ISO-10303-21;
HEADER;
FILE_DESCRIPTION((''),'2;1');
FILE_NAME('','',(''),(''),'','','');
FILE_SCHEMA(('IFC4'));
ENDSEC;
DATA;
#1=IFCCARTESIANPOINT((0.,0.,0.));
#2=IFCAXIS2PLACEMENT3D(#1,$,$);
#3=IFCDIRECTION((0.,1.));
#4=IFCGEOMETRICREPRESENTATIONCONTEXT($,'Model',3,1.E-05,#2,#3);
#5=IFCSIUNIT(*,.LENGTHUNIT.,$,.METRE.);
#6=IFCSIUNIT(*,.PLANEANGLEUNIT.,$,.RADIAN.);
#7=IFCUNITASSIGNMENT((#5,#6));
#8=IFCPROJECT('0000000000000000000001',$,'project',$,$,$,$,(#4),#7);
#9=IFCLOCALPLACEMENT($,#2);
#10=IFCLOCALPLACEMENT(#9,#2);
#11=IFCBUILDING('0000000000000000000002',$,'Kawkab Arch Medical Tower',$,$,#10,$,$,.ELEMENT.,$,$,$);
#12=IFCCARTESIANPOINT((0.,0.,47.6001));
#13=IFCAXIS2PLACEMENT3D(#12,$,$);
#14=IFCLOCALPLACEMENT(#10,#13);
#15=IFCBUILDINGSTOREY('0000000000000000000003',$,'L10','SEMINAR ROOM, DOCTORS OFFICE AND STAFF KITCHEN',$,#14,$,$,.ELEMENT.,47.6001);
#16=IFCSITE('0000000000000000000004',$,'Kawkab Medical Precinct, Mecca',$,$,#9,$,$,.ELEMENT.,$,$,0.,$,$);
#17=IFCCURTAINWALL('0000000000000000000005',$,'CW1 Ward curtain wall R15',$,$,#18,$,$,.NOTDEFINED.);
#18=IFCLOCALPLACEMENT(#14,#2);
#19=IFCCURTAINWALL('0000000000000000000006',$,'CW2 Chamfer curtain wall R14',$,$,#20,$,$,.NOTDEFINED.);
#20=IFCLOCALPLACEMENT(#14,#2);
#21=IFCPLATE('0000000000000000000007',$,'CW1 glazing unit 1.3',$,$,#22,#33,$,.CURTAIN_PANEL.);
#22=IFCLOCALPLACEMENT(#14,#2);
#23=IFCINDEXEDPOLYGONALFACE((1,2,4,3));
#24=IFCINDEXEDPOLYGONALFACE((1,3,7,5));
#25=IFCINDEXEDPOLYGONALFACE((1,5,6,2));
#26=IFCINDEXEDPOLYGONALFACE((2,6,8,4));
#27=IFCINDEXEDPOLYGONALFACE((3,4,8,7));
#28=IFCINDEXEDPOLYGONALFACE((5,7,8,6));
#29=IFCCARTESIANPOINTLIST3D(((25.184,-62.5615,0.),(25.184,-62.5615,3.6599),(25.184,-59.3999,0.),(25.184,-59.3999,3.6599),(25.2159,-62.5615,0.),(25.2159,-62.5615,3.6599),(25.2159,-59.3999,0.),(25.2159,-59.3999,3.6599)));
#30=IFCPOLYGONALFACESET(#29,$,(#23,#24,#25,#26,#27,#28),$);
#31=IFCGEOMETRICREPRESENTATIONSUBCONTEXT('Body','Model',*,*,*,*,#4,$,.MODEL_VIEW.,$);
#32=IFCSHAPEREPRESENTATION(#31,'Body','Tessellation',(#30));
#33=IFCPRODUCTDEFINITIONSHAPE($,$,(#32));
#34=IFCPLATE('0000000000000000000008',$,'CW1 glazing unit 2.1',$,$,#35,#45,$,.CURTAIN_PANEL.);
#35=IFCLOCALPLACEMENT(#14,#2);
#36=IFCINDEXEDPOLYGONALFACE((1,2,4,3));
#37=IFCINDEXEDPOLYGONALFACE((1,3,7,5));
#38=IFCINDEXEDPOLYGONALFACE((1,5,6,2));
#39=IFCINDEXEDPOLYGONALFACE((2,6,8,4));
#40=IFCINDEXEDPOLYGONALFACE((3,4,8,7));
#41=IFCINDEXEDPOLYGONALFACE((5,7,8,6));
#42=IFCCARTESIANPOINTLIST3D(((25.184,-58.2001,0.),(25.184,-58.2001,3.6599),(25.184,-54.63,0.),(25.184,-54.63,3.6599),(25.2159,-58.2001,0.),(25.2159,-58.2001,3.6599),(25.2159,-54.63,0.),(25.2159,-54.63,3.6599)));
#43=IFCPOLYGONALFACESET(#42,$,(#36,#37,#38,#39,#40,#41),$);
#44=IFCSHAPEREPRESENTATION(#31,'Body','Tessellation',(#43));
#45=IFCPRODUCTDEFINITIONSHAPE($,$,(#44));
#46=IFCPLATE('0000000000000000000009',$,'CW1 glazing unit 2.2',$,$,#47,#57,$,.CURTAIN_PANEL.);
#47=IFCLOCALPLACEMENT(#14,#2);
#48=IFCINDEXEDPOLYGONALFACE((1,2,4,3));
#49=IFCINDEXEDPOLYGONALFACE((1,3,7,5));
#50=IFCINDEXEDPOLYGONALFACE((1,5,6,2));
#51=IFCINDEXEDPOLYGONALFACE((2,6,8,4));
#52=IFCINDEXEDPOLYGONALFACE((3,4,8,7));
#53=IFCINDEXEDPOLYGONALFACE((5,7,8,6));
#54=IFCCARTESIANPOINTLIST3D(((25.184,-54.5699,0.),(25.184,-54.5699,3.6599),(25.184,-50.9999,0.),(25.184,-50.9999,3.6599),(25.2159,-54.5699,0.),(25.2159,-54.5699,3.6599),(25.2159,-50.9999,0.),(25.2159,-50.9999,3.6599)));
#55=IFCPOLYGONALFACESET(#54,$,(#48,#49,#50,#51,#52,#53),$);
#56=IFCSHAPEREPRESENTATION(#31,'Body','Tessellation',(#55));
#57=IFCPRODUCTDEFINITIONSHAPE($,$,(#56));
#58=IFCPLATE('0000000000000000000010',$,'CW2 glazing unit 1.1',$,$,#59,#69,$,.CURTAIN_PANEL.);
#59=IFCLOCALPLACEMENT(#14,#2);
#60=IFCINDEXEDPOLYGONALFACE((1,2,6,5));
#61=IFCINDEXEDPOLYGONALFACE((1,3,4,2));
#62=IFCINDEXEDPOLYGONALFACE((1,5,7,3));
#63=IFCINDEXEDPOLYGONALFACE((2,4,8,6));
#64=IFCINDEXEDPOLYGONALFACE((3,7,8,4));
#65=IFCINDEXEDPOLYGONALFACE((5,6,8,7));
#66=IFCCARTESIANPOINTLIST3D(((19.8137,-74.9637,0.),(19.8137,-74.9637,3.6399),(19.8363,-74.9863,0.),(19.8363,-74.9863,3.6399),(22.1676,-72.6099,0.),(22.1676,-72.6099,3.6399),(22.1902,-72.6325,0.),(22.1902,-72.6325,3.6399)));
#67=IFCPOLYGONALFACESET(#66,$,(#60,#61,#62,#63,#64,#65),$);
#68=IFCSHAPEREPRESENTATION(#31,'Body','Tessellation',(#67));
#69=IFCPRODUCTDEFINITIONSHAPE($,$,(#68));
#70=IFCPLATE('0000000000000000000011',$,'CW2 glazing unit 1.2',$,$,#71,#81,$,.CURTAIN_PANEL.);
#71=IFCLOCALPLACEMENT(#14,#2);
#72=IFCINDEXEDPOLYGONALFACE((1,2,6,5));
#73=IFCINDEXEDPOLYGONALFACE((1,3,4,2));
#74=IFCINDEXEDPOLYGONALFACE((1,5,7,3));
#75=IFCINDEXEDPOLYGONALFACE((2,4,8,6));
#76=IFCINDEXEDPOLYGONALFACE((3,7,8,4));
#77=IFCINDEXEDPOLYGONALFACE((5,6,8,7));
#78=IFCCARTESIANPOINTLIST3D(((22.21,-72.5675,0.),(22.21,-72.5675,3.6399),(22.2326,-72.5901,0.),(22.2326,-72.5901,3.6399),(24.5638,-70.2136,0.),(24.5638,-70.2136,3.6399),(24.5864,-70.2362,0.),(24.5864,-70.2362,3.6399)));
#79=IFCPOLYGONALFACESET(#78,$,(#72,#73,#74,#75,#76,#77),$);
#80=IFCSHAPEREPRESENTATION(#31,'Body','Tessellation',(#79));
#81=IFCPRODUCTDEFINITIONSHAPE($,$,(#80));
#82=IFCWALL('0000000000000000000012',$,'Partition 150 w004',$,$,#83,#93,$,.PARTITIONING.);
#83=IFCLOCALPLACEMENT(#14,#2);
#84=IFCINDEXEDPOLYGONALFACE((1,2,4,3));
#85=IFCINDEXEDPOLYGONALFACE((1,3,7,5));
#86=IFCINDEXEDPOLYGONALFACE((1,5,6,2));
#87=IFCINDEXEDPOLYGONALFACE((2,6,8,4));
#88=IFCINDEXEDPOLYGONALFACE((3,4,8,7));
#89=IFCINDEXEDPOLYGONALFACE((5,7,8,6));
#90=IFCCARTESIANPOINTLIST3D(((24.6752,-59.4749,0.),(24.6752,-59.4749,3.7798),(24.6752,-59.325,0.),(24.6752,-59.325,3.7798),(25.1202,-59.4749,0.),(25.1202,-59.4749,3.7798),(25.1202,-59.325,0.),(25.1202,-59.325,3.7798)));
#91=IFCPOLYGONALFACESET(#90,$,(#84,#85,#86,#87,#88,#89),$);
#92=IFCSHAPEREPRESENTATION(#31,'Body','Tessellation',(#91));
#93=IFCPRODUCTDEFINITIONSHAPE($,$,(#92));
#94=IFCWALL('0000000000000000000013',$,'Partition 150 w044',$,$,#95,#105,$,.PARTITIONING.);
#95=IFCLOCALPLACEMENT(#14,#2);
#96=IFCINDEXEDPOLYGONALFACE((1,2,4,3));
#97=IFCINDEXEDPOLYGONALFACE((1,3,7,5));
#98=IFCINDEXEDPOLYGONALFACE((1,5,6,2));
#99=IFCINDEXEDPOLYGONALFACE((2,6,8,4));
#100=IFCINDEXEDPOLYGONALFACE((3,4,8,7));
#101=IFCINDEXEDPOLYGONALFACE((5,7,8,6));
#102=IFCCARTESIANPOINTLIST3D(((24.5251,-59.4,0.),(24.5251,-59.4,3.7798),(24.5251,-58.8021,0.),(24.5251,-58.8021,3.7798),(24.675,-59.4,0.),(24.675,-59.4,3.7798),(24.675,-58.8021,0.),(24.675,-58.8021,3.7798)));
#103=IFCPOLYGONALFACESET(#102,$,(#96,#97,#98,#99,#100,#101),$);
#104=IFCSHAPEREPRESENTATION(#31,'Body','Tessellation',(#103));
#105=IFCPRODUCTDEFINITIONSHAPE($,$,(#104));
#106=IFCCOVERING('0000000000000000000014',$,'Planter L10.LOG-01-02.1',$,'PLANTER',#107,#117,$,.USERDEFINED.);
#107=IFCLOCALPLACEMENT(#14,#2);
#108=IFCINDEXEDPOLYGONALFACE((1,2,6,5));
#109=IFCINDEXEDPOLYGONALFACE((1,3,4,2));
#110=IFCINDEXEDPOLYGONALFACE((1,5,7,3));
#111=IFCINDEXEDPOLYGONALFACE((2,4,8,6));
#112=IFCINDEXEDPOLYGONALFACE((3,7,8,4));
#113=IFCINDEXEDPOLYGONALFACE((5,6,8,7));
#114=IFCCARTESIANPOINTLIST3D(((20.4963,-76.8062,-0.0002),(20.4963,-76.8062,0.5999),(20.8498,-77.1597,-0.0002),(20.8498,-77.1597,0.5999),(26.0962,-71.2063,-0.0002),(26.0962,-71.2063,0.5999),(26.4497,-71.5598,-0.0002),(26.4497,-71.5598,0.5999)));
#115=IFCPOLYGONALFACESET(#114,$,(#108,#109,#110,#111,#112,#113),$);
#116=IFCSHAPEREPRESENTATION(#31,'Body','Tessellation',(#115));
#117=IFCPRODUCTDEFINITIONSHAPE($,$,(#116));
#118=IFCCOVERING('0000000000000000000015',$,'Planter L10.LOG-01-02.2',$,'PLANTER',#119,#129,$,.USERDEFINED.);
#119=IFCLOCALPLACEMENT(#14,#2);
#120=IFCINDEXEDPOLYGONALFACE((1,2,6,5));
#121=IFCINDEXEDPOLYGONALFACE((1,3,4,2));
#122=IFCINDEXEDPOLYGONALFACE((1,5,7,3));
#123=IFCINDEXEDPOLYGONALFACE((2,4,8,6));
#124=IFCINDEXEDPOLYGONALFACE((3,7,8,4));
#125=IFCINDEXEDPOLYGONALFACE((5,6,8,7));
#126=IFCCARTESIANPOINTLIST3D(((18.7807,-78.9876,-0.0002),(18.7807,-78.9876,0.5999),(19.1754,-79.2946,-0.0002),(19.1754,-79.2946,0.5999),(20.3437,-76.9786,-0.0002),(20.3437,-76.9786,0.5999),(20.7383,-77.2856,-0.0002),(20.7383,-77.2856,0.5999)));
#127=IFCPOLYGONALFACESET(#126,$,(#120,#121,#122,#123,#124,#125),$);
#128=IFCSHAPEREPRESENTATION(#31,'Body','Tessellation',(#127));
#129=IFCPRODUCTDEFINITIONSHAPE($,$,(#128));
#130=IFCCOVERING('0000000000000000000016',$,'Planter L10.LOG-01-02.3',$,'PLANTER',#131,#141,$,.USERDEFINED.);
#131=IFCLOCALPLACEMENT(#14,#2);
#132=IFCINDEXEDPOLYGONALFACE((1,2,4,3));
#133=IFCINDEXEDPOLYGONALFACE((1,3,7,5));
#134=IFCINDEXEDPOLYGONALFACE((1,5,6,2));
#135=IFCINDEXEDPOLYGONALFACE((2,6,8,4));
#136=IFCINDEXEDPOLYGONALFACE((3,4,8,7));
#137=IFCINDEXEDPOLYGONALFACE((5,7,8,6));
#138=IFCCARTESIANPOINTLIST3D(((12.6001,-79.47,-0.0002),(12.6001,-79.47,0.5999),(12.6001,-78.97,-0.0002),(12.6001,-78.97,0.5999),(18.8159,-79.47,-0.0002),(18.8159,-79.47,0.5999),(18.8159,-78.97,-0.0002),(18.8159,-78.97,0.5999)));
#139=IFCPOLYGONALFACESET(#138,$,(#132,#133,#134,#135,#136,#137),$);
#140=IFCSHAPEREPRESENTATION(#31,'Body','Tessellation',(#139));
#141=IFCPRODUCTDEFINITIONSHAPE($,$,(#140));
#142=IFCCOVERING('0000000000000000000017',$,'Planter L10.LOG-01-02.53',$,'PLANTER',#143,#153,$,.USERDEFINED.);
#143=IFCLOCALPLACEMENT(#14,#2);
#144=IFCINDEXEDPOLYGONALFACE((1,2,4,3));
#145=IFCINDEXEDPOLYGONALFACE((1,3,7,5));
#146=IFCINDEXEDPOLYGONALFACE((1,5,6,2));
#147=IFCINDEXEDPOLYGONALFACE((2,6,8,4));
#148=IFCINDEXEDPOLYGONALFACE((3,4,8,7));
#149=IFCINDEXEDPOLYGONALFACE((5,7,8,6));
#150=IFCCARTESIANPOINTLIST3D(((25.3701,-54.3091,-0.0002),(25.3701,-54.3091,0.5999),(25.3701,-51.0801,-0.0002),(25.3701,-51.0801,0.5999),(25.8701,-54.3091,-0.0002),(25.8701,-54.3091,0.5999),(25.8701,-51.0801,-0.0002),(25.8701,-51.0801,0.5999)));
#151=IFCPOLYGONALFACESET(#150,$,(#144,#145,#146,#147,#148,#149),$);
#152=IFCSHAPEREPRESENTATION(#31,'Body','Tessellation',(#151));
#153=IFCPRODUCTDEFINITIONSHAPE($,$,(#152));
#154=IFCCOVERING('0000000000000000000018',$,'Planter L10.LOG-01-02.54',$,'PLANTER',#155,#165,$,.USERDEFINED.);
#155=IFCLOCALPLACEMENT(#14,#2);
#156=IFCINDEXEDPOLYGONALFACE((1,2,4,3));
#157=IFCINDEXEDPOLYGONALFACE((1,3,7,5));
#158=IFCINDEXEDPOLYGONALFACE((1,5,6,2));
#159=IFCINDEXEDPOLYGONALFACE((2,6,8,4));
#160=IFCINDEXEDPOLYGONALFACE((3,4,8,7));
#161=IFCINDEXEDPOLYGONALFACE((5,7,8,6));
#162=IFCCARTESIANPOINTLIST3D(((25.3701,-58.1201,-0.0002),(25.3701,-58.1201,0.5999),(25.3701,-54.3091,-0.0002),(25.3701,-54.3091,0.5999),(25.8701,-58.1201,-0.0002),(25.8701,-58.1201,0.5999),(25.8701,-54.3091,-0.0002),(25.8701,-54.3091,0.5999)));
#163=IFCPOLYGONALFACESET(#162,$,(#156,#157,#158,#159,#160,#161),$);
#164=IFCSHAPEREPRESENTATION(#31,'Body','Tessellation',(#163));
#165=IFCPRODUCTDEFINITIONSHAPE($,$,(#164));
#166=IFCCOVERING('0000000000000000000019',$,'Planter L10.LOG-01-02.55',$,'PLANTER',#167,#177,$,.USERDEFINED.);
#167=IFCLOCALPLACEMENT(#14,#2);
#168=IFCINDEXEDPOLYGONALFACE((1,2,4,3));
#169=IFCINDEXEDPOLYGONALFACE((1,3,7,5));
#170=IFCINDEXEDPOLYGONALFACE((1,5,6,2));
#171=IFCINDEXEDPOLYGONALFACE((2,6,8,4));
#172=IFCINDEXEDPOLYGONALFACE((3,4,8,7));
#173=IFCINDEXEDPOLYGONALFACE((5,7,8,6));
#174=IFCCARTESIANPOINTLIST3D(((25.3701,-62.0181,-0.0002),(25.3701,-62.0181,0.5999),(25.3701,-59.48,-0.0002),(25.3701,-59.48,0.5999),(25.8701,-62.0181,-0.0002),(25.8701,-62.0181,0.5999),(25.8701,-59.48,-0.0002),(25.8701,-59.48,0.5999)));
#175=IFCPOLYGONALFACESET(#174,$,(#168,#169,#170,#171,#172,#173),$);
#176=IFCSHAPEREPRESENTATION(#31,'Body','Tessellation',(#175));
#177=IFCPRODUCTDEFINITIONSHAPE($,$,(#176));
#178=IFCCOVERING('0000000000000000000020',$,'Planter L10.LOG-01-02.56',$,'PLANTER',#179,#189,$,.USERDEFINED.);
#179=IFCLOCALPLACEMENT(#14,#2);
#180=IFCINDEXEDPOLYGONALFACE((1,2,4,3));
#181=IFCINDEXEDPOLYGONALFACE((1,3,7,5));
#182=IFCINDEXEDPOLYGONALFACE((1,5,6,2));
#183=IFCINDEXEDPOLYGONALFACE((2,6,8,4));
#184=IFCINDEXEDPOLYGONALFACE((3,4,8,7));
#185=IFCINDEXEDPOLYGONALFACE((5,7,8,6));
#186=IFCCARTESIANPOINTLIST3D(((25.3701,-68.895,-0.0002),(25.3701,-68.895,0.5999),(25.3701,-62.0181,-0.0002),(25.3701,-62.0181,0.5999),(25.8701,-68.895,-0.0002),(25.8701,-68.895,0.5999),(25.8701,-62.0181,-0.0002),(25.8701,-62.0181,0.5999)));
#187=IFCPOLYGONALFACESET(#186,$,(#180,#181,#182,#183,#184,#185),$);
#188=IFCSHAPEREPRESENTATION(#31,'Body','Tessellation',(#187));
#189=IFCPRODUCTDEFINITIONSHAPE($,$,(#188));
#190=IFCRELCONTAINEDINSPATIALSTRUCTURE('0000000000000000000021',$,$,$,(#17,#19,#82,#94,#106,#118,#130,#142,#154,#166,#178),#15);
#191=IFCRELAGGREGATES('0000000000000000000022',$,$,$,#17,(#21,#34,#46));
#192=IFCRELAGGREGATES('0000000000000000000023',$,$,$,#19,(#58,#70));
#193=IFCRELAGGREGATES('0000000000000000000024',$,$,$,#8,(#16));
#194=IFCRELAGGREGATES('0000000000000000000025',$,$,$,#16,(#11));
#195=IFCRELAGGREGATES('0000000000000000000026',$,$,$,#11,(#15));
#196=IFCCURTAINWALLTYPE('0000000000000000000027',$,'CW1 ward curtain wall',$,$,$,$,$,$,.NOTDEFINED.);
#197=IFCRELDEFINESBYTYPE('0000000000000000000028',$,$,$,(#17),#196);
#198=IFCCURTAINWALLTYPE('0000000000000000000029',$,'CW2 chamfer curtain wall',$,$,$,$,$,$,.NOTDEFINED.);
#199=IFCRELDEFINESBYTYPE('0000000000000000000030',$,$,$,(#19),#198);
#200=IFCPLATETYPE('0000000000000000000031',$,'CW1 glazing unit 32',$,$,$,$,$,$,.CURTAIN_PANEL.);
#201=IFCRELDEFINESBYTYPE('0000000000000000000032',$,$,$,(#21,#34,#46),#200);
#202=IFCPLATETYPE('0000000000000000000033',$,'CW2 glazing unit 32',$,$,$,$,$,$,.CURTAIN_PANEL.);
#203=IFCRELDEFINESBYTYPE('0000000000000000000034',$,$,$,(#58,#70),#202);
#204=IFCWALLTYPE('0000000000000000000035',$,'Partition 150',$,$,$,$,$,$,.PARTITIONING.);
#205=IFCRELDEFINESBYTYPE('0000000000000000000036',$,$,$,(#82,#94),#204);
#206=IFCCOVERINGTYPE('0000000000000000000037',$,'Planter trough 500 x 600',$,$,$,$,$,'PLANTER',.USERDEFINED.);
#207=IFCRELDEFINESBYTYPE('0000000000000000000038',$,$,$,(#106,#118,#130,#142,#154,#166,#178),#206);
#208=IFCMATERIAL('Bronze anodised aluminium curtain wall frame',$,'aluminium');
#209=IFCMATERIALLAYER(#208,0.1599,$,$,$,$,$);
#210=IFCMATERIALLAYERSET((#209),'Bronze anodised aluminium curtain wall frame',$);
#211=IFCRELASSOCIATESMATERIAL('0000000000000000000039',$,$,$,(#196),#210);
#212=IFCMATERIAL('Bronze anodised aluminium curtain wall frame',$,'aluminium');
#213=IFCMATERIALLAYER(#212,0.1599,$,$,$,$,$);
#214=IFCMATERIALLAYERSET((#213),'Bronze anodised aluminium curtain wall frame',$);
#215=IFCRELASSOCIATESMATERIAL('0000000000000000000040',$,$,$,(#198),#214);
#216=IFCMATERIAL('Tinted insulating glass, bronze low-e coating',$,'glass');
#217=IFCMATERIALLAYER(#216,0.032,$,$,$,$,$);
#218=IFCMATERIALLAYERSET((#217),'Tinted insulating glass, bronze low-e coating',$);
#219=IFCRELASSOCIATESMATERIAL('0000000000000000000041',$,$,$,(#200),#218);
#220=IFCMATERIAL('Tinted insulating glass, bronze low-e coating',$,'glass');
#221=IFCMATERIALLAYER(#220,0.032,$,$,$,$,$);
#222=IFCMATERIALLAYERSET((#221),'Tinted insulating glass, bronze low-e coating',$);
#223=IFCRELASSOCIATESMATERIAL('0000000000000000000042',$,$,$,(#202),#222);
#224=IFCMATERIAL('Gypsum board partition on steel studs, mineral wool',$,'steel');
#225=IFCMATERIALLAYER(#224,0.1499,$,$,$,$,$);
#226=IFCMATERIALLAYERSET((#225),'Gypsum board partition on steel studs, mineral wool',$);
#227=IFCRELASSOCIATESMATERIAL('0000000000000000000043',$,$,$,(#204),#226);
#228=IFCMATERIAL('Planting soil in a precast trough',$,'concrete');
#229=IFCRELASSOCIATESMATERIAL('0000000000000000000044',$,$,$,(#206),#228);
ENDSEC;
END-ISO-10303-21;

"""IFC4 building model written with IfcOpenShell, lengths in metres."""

from ifc_helpers import new_model, si_unit, direction, frame, frame_2d, origin, origin_2d, place, context, subcontext, project, spatial, rectangle, extrude, material, layer, layer_set, material_profile, profile_set, type_object, element, aggregate, save


model = new_model("IFC4")

# Units and contexts
model_context = context("Model", 3, precision=1e-05, world=origin(), true_north=direction((0.0, 1.0)))
body_context = subcontext(model_context, "Body", "Model", "MODEL_VIEW")
ifc_project = project(units=[si_unit("LENGTHUNIT", "METRE"), si_unit("PLANEANGLEUNIT", "RADIAN")], contexts=[model_context])

# Site, building, storey
site_placement = place(None, origin())
site = spatial("IfcSite", under=ifc_project, at=site_placement, Name="Kawkab Medical Precinct, Mecca", CompositionType="ELEMENT", RefElevation=0.0)
building_placement = place(site_placement, origin())
building = spatial("IfcBuilding", under=site, at=building_placement, Name="Kawkab Arch Medical Tower", CompositionType="ELEMENT")
storey_placement = place(building_placement, frame((0.0, 0.0, 47.6001)))
storey = spatial("IfcBuildingStorey", under=building, at=storey_placement, Name="L10", Description="SEMINAR ROOM, DOCTORS OFFICE AND STAFF KITCHEN", CompositionType="ELEMENT", Elevation=47.6001)

# Curtain walls
ifc_material_1 = material(Name="Bronze anodised aluminium curtain wall frame", Category="aluminium")
ifc_layer_1 = layer(ifc_material_1, 0.1599)
ifc_layer_set_1 = layer_set([ifc_layer_1], Name="Bronze anodised aluminium curtain wall frame")
curtain_wall_type_1 = type_object("IfcCurtainWallType", Name="CW1 ward curtain wall", PredefinedType="NOTDEFINED", material=ifc_layer_set_1)
placement = place(storey_placement, origin())
curtain_wall_1 = element("IfcCurtainWall", 1, at=placement, inside=storey, type_object=curtain_wall_type_1, Name="CW1 Ward curtain wall R15", PredefinedType="NOTDEFINED")
ifc_material_2 = material(Name="Bronze anodised aluminium curtain wall frame", Category="aluminium")
ifc_layer_2 = layer(ifc_material_2, 0.1599)
ifc_layer_set_2 = layer_set([ifc_layer_2], Name="Bronze anodised aluminium curtain wall frame")
curtain_wall_type_2 = type_object("IfcCurtainWallType", Name="CW2 chamfer curtain wall", PredefinedType="NOTDEFINED", material=ifc_layer_set_2)
curtain_wall_2 = element("IfcCurtainWall", 2, at=placement, inside=storey, type_object=curtain_wall_type_2, Name="CW2 Chamfer curtain wall R14", PredefinedType="NOTDEFINED")

# Plates
ifc_material_3 = material(Name="Tinted insulating glass, bronze low-e coating", Category="glass")
ifc_layer_3 = layer(ifc_material_3, 0.032)
ifc_layer_set_3 = layer_set([ifc_layer_3], Name="Tinted insulating glass, bronze low-e coating")
plate_type_1 = type_object("IfcPlateType", Name="CW1 glazing unit 32", PredefinedType="CURTAIN_PANEL", material=ifc_layer_set_3)
plate_1_placement = place(storey_placement, frame((25.2, -60.9807, 0.0), z_axis=(0.0, 0.0, 1.0), x_axis=(0.0, 1.0, 0.0)))
plate_1 = element("IfcPlate", 3, at=plate_1_placement, type_object=plate_type_1, Name="CW1 glazing unit 1.3", PredefinedType="CURTAIN_PANEL", context=body_context, shape_type="SweptSolid", body=[
    extrude(rectangle(XDim=3.1616, YDim=0.032, at=origin_2d()), origin(), (0.0, 0.0, 1.0), 3.6599),
])
plate_2_placement = place(storey_placement, frame((25.2, -56.415, 0.0), z_axis=(0.0, 0.0, 1.0), x_axis=(0.0, 1.0, 0.0)))
plate_2 = element("IfcPlate", 4, at=plate_2_placement, type_object=plate_type_1, Name="CW1 glazing unit 2.1", PredefinedType="CURTAIN_PANEL", context=body_context, shape_type="SweptSolid", body=[
    extrude(rectangle(XDim=3.5701, YDim=0.032, at=origin_2d()), origin(), (0.0, 0.0, 1.0), 3.6599),
])
plate_3_placement = place(storey_placement, frame((25.2, -52.7849, 0.0), z_axis=(0.0, 0.0, 1.0), x_axis=(0.0, 1.0, 0.0)))
plate_3 = element("IfcPlate", 5, at=plate_3_placement, type_object=plate_type_1, Name="CW1 glazing unit 2.2", PredefinedType="CURTAIN_PANEL", context=body_context, shape_type="SweptSolid", body=[
    extrude(rectangle(XDim=3.5701, YDim=0.032, at=origin_2d()), origin(), (0.0, 0.0, 1.0), 3.6599),
])
aggregate(curtain_wall_1, [plate_1, plate_2, plate_3])
ifc_material_4 = material(Name="Tinted insulating glass, bronze low-e coating", Category="glass")
ifc_layer_4 = layer(ifc_material_4, 0.032)
ifc_layer_set_4 = layer_set([ifc_layer_4], Name="Tinted insulating glass, bronze low-e coating")
plate_type_2 = type_object("IfcPlateType", Name="CW2 glazing unit 32", PredefinedType="CURTAIN_PANEL", material=ifc_layer_set_4)
plate_4_placement = place(storey_placement, frame((21.002, -73.7981, 0.0), z_axis=(0.0, 0.0, 1.0), x_axis=(0.707107, 0.707107, 0.0)))
plate_4 = element("IfcPlate", 6, at=plate_4_placement, type_object=plate_type_2, Name="CW2 glazing unit 1.1", PredefinedType="CURTAIN_PANEL", context=body_context, shape_type="SweptSolid", body=[
    extrude(rectangle(XDim=3.3289, YDim=0.032, at=origin_2d()), origin(), (0.0, 0.0, 1.0), 3.6399),
])
plate_5_placement = place(storey_placement, frame((23.3982, -71.4019, 0.0), z_axis=(0.0, 0.0, 1.0), x_axis=(0.707107, 0.707107, 0.0)))
plate_5 = element("IfcPlate", 7, at=plate_5_placement, type_object=plate_type_2, Name="CW2 glazing unit 1.2", PredefinedType="CURTAIN_PANEL", context=body_context, shape_type="SweptSolid", body=[
    extrude(rectangle(XDim=3.3289, YDim=0.032, at=origin_2d()), origin(), (0.0, 0.0, 1.0), 3.6399),
])
aggregate(curtain_wall_2, [plate_4, plate_5])

# Walls
ifc_material_5 = material(Name="Gypsum board partition on steel studs, mineral wool", Category="steel")
ifc_layer_5 = layer(ifc_material_5, 0.1499)
ifc_layer_set_5 = layer_set([ifc_layer_5], Name="Gypsum board partition on steel studs, mineral wool")
wall_type = type_object("IfcWallType", Name="Partition 150", PredefinedType="PARTITIONING", material=ifc_layer_set_5)
wall_1_placement = place(storey_placement, frame((24.675, -59.3999, 0.0), z_axis=(0.0, 0.0, 1.0), x_axis=(1.0, 0.0, 0.0)))
element("IfcWall", 8, at=wall_1_placement, inside=storey, type_object=wall_type, Name="Partition 150 w004", PredefinedType="PARTITIONING", context=body_context, shape_type="SweptSolid", body=[
    extrude(rectangle(XDim=0.4451, YDim=0.1499, at=frame_2d((0.2227, 0.0))), origin(), (0.0, 0.0, 1.0), 3.7798),
])
wall_2_placement = place(storey_placement, frame((24.6001, -59.3999, 0.0), z_axis=(0.0, 0.0, 1.0), x_axis=(0.0, 1.0, 0.0)))
element("IfcWall", 9, at=wall_2_placement, inside=storey, type_object=wall_type, Name="Partition 150 w044", PredefinedType="PARTITIONING", context=body_context, shape_type="SweptSolid", body=[
    extrude(rectangle(XDim=0.5979, YDim=0.1499, at=frame_2d((0.2988, 0.0))), origin(), (0.0, 0.0, 1.0), 3.7798),
])

# Coverings
ifc_material_6 = material(Name="Planting soil in a precast trough", Category="concrete")
ifc_material_profile_1 = material_profile(ifc_material_6, rectangle(XDim=0.5, YDim=0.6001, at=origin_2d()), Name="Trough 500x600")
ifc_profile_set_1 = profile_set([ifc_material_profile_1], Name="Planting soil in a precast trough")
covering_type = type_object("IfcCoveringType", Name="Planter trough 500 x 600", ElementType="PLANTER", PredefinedType="USERDEFINED", material=ifc_profile_set_1)
covering_1_placement = place(storey_placement, frame((26.2729, -71.3831, 0.2998), z_axis=(-0.707107, -0.707107, 0.0), x_axis=(0.707107, -0.707107, 0.0)))
element("IfcCovering", 10, at=covering_1_placement, inside=storey, type_object=covering_type, Name="Planter L10.LOG-01-02.1", ObjectType="PLANTER", PredefinedType="USERDEFINED", context=body_context, shape_type="SweptSolid", body=[
    extrude(rectangle(XDim=0.5, YDim=0.6001, at=origin_2d()), origin(), (0.0, 0.0, 1.0), 7.9194),
])
covering_2_placement = place(storey_placement, frame((20.541, -77.1321, 0.2998), z_axis=(-0.61404, -0.789275, 0.0), x_axis=(0.789275, -0.61404, 0.0)))
element("IfcCovering", 11, at=covering_2_placement, inside=storey, type_object=covering_type, Name="Planter L10.LOG-01-02.2", ObjectType="PLANTER", PredefinedType="USERDEFINED", context=body_context, shape_type="SweptSolid", body=[
    extrude(rectangle(XDim=0.5, YDim=0.6001, at=origin_2d()), origin(), (0.0, 0.0, 1.0), 2.5454),
])
covering_3_placement = place(storey_placement, frame((18.8159, -79.22, 0.2998), z_axis=(-1.0, 0.0, 0.0), x_axis=(0.0, -1.0, 0.0)))
element("IfcCovering", 12, at=covering_3_placement, inside=storey, type_object=covering_type, Name="Planter L10.LOG-01-02.3", ObjectType="PLANTER", PredefinedType="USERDEFINED", context=body_context, shape_type="SweptSolid", body=[
    extrude(rectangle(XDim=0.5, YDim=0.6001, at=origin_2d()), origin(), (0.0, 0.0, 1.0), 6.2158),
])
covering_4_placement = place(storey_placement, frame((25.6201, -51.0801, 0.2998), z_axis=(0.0, -1.0, 0.0), x_axis=(1.0, 0.0, 0.0)))
element("IfcCovering", 13, at=covering_4_placement, inside=storey, type_object=covering_type, Name="Planter L10.LOG-01-02.53", ObjectType="PLANTER", PredefinedType="USERDEFINED", context=body_context, shape_type="SweptSolid", body=[
    extrude(rectangle(XDim=0.5, YDim=0.6001, at=origin_2d()), origin(), (0.0, 0.0, 1.0), 3.229),
])
covering_5_placement = place(storey_placement, frame((25.6201, -54.3091, 0.2998), z_axis=(0.0, -1.0, 0.0), x_axis=(1.0, 0.0, 0.0)))
element("IfcCovering", 14, at=covering_5_placement, inside=storey, type_object=covering_type, Name="Planter L10.LOG-01-02.54", ObjectType="PLANTER", PredefinedType="USERDEFINED", context=body_context, shape_type="SweptSolid", body=[
    extrude(rectangle(XDim=0.5, YDim=0.6001, at=origin_2d()), origin(), (0.0, 0.0, 1.0), 3.811),
])
covering_6_placement = place(storey_placement, frame((25.6201, -59.48, 0.2998), z_axis=(0.0, -1.0, 0.0), x_axis=(1.0, 0.0, 0.0)))
element("IfcCovering", 15, at=covering_6_placement, inside=storey, type_object=covering_type, Name="Planter L10.LOG-01-02.55", ObjectType="PLANTER", PredefinedType="USERDEFINED", context=body_context, shape_type="SweptSolid", body=[
    extrude(rectangle(XDim=0.5, YDim=0.6001, at=origin_2d()), origin(), (0.0, 0.0, 1.0), 2.5381),
])
covering_7_placement = place(storey_placement, frame((25.6201, -62.0181, 0.2998), z_axis=(0.0, -1.0, 0.0), x_axis=(1.0, 0.0, 0.0)))
element("IfcCovering", 16, at=covering_7_placement, inside=storey, type_object=covering_type, Name="Planter L10.LOG-01-02.56", ObjectType="PLANTER", PredefinedType="USERDEFINED", context=body_context, shape_type="SweptSolid", body=[
    extrude(rectangle(XDim=0.5, YDim=0.6001, at=origin_2d()), origin(), (0.0, 0.0, 1.0), 6.877),
])

save(model, "model.ifc")
